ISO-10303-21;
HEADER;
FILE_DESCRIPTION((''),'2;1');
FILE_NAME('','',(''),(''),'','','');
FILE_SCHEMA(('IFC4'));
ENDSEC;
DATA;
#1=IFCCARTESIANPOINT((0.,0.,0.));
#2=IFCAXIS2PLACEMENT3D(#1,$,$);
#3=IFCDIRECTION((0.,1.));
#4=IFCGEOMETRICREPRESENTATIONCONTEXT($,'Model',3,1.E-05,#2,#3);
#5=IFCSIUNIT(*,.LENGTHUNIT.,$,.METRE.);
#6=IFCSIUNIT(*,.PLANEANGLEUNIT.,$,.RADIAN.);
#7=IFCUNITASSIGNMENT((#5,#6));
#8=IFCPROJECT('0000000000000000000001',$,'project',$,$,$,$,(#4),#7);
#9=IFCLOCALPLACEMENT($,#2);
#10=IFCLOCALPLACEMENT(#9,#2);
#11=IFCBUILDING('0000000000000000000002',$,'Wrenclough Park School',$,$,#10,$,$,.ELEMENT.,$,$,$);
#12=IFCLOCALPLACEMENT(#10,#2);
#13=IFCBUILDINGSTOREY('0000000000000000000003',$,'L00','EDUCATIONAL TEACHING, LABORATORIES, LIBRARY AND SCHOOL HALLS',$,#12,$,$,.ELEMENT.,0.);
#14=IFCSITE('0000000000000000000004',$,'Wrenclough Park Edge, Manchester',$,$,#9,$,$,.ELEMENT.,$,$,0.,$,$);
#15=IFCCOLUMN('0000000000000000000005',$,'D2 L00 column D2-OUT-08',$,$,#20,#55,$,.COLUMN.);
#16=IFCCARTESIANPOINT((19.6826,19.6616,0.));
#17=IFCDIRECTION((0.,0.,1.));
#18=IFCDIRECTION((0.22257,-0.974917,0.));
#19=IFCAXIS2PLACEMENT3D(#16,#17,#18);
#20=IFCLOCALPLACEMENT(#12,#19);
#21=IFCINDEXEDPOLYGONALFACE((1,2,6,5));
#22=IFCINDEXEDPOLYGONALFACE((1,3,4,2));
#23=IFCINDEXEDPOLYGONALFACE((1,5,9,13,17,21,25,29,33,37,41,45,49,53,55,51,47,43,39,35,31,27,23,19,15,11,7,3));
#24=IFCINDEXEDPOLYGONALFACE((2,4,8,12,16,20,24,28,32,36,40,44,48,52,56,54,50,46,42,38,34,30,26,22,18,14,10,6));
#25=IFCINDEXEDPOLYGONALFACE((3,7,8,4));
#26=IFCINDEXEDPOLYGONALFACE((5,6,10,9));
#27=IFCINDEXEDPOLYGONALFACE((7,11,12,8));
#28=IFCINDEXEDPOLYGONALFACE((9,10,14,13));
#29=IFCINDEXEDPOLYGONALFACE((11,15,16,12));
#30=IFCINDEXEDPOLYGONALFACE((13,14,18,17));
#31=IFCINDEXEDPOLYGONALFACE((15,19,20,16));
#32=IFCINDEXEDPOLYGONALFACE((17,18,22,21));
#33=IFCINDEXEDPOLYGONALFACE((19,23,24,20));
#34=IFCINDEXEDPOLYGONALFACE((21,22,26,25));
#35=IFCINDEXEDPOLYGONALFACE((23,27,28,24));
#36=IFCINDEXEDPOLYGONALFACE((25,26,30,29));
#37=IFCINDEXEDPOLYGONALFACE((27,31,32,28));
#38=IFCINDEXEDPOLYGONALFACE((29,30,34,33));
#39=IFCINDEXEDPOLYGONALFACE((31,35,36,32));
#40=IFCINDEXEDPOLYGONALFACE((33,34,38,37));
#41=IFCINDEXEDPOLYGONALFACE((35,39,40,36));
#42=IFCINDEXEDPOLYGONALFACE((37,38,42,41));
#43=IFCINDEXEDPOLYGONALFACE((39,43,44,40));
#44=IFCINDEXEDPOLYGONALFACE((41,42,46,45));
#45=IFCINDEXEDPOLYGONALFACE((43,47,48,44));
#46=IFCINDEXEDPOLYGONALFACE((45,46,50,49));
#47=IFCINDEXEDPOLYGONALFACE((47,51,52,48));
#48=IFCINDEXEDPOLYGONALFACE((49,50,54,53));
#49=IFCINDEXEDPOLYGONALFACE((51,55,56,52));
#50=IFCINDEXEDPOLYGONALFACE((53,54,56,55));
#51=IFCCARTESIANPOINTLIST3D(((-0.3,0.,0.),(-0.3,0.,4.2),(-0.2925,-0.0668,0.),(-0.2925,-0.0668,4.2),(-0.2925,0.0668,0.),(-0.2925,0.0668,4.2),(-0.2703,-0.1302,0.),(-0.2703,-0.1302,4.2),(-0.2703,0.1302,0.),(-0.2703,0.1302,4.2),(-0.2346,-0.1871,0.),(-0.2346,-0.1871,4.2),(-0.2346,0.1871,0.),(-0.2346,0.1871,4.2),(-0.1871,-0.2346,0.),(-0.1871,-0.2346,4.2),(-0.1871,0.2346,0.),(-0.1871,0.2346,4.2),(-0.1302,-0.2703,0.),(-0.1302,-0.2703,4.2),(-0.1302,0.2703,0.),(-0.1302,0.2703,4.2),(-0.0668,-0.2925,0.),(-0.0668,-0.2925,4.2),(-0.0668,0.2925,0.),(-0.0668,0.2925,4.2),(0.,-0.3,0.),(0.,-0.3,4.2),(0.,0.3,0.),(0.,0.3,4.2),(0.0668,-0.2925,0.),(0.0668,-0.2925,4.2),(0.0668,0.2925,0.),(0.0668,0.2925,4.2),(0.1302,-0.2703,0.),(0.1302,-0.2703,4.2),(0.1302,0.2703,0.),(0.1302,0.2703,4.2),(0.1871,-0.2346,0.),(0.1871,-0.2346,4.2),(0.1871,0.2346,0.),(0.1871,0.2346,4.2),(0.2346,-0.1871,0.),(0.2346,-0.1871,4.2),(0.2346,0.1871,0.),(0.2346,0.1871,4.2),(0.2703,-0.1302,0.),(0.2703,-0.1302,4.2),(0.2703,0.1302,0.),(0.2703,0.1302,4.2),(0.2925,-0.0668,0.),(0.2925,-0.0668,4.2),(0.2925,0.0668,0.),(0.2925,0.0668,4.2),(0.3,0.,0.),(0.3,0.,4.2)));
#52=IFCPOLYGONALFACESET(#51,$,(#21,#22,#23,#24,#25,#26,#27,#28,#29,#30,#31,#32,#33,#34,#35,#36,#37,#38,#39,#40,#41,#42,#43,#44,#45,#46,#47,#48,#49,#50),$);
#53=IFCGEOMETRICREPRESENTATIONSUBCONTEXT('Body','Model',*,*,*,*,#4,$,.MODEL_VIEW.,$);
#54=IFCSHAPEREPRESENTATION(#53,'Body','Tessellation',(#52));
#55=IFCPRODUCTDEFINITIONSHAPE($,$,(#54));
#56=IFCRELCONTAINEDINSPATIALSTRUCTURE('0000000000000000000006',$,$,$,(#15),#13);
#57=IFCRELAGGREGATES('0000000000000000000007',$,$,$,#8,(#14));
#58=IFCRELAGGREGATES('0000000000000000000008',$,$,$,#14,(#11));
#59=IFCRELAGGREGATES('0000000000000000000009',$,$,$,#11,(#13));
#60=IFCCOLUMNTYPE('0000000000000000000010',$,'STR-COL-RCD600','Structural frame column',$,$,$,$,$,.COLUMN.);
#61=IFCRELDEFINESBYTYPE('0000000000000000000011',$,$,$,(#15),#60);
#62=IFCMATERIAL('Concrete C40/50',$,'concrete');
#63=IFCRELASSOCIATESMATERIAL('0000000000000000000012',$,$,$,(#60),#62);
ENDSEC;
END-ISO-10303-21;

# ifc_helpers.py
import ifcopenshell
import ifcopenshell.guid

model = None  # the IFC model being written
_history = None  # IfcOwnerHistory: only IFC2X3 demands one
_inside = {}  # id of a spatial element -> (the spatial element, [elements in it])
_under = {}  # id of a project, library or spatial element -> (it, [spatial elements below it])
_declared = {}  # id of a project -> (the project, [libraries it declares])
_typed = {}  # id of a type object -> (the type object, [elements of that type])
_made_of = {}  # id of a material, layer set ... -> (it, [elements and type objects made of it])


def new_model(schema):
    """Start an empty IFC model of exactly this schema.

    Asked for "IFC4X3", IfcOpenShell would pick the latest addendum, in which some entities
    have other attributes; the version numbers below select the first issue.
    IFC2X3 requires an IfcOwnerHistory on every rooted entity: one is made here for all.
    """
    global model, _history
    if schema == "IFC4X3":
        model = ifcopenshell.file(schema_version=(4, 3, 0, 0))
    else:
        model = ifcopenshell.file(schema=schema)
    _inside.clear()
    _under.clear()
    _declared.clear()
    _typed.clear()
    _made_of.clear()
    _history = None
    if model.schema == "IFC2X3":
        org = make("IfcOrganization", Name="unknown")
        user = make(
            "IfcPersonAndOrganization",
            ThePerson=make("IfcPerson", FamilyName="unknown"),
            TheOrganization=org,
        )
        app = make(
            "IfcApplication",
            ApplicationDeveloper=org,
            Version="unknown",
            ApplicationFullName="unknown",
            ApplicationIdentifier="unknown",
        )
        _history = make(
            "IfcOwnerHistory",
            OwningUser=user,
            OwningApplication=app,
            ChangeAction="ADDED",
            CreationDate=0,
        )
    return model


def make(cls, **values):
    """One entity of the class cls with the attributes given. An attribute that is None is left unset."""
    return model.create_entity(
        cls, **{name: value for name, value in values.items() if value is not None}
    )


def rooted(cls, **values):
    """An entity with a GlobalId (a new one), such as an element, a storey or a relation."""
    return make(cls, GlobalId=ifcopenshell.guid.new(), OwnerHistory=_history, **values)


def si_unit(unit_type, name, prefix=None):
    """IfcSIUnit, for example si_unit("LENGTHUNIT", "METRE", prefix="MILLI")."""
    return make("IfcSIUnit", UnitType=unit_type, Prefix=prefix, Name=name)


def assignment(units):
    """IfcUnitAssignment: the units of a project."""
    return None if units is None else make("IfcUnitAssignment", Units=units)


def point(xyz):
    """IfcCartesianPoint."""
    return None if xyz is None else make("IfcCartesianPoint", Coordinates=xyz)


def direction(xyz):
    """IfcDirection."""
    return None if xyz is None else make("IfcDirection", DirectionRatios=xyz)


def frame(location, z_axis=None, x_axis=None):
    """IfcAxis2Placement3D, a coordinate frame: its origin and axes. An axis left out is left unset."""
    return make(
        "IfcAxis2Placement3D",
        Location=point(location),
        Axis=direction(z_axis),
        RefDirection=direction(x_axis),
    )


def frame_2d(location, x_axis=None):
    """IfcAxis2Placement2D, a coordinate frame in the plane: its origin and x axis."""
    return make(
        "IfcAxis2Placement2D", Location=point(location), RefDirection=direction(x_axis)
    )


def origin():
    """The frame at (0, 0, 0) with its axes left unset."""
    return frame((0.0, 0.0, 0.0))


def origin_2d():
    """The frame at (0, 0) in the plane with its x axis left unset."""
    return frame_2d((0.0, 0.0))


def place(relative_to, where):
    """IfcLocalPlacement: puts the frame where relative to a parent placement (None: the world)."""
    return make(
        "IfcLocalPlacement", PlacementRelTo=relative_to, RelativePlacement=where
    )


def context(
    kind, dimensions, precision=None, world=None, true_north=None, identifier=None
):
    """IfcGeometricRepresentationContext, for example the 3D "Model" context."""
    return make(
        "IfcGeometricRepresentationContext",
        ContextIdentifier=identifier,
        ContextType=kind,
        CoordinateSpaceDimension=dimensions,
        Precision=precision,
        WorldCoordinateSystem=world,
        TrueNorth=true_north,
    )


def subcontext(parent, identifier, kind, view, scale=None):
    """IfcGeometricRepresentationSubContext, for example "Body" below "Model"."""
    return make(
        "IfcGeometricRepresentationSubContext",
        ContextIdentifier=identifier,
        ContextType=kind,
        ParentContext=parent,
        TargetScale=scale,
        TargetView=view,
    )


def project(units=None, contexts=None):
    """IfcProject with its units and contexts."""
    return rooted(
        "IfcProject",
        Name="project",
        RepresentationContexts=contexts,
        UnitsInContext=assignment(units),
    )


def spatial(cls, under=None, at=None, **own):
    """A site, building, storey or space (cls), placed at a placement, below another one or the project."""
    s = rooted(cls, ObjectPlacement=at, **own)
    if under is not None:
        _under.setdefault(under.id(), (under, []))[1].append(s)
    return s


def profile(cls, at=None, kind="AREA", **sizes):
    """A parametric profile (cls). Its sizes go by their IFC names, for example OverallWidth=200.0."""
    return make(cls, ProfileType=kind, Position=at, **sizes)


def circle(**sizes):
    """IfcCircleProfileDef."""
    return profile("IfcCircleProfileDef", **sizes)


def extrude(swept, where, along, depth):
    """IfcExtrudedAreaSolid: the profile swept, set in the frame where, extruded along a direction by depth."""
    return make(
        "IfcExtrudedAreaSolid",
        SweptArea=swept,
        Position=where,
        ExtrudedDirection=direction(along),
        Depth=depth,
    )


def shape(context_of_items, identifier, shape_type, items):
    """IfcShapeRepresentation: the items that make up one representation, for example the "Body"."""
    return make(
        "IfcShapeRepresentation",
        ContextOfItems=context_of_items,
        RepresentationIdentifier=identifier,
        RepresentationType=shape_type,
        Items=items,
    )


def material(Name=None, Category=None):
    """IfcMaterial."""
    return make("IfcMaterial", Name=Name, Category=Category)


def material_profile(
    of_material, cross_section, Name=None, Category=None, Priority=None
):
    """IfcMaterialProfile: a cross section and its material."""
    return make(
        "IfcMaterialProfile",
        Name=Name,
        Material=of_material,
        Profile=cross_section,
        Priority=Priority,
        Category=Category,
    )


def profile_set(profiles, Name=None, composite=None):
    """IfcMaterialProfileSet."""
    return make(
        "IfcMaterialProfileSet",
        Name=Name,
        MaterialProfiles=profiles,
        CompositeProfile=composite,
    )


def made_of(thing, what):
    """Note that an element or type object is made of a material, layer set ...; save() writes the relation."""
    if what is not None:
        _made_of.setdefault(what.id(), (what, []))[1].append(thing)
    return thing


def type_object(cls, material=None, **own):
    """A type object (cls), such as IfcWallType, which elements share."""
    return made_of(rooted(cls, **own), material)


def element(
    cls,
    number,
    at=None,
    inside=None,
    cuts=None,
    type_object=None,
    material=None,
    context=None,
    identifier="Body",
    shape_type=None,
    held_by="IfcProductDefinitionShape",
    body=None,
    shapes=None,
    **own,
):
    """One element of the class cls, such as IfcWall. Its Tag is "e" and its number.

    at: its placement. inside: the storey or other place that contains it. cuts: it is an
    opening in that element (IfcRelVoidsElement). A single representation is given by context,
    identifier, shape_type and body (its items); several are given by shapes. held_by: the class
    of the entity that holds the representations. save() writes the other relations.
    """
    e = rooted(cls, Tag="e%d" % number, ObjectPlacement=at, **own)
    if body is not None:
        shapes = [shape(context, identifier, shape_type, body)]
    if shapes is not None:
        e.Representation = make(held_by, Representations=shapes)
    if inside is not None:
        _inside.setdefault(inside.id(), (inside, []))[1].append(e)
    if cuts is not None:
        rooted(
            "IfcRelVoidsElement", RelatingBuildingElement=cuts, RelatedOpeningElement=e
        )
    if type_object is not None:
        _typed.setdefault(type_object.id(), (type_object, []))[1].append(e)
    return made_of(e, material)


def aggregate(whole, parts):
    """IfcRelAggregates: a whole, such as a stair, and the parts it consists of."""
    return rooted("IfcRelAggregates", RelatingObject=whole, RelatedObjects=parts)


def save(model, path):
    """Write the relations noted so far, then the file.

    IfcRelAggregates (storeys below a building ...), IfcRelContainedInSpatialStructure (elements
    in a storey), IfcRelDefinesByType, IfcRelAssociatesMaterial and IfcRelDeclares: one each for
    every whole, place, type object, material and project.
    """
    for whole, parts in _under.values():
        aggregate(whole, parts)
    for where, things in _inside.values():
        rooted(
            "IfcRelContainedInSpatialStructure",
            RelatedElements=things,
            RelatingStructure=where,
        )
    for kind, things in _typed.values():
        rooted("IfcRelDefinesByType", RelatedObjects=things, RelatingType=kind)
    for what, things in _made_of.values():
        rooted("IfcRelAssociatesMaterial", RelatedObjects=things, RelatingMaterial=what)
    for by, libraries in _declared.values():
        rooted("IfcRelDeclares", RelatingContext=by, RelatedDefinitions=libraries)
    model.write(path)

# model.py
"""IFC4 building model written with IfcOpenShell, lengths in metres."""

from ifc_helpers import new_model, si_unit, direction, frame, origin, origin_2d, place, context, subcontext, project, spatial, circle, extrude, material, material_profile, profile_set, type_object, element, save


model = new_model("IFC4")

# Units and contexts
model_context = context("Model", 3, precision=1e-05, world=origin(), true_north=direction((0.0, 1.0)))
body_context = subcontext(model_context, "Body", "Model", "MODEL_VIEW")
ifc_project = project(units=[si_unit("LENGTHUNIT", "METRE"), si_unit("PLANEANGLEUNIT", "RADIAN")], contexts=[model_context])

# Site, building, storey
site_placement = place(None, origin())
site = spatial("IfcSite", under=ifc_project, at=site_placement, Name="Wrenclough Park Edge, Manchester", CompositionType="ELEMENT", RefElevation=0.0)
building_placement = place(site_placement, origin())
building = spatial("IfcBuilding", under=site, at=building_placement, Name="Wrenclough Park School", CompositionType="ELEMENT")
storey_placement = place(building_placement, origin())
storey = spatial("IfcBuildingStorey", under=building, at=storey_placement, Name="L00", Description="EDUCATIONAL TEACHING, LABORATORIES, LIBRARY AND SCHOOL HALLS", CompositionType="ELEMENT", Elevation=0.0)

# Column
ifc_material_1 = material(Name="Concrete C40/50", Category="concrete")
ifc_material_profile_1 = material_profile(ifc_material_1, circle(Radius=0.3, at=origin_2d()), Name="RC COL D600")
ifc_profile_set_1 = profile_set([ifc_material_profile_1], Name="Concrete C40/50")
column_type = type_object("IfcColumnType", Name="STR-COL-RCD600", Description="Structural frame column", PredefinedType="COLUMN", material=ifc_profile_set_1)
column_placement = place(storey_placement, frame((19.6826, 19.6616, 0.0), z_axis=(0.0, 0.0, 1.0), x_axis=(0.22257, -0.974917, 0.0)))
element("IfcColumn", 1, at=column_placement, inside=storey, type_object=column_type, Name="D2 L00 column D2-OUT-08", PredefinedType="COLUMN", context=body_context, shape_type="SweptSolid", body=[
    extrude(circle(Radius=0.3, at=origin_2d()), origin(), (0.0, 0.0, 1.0), 4.2),
])

save(model, "model.ifc")
